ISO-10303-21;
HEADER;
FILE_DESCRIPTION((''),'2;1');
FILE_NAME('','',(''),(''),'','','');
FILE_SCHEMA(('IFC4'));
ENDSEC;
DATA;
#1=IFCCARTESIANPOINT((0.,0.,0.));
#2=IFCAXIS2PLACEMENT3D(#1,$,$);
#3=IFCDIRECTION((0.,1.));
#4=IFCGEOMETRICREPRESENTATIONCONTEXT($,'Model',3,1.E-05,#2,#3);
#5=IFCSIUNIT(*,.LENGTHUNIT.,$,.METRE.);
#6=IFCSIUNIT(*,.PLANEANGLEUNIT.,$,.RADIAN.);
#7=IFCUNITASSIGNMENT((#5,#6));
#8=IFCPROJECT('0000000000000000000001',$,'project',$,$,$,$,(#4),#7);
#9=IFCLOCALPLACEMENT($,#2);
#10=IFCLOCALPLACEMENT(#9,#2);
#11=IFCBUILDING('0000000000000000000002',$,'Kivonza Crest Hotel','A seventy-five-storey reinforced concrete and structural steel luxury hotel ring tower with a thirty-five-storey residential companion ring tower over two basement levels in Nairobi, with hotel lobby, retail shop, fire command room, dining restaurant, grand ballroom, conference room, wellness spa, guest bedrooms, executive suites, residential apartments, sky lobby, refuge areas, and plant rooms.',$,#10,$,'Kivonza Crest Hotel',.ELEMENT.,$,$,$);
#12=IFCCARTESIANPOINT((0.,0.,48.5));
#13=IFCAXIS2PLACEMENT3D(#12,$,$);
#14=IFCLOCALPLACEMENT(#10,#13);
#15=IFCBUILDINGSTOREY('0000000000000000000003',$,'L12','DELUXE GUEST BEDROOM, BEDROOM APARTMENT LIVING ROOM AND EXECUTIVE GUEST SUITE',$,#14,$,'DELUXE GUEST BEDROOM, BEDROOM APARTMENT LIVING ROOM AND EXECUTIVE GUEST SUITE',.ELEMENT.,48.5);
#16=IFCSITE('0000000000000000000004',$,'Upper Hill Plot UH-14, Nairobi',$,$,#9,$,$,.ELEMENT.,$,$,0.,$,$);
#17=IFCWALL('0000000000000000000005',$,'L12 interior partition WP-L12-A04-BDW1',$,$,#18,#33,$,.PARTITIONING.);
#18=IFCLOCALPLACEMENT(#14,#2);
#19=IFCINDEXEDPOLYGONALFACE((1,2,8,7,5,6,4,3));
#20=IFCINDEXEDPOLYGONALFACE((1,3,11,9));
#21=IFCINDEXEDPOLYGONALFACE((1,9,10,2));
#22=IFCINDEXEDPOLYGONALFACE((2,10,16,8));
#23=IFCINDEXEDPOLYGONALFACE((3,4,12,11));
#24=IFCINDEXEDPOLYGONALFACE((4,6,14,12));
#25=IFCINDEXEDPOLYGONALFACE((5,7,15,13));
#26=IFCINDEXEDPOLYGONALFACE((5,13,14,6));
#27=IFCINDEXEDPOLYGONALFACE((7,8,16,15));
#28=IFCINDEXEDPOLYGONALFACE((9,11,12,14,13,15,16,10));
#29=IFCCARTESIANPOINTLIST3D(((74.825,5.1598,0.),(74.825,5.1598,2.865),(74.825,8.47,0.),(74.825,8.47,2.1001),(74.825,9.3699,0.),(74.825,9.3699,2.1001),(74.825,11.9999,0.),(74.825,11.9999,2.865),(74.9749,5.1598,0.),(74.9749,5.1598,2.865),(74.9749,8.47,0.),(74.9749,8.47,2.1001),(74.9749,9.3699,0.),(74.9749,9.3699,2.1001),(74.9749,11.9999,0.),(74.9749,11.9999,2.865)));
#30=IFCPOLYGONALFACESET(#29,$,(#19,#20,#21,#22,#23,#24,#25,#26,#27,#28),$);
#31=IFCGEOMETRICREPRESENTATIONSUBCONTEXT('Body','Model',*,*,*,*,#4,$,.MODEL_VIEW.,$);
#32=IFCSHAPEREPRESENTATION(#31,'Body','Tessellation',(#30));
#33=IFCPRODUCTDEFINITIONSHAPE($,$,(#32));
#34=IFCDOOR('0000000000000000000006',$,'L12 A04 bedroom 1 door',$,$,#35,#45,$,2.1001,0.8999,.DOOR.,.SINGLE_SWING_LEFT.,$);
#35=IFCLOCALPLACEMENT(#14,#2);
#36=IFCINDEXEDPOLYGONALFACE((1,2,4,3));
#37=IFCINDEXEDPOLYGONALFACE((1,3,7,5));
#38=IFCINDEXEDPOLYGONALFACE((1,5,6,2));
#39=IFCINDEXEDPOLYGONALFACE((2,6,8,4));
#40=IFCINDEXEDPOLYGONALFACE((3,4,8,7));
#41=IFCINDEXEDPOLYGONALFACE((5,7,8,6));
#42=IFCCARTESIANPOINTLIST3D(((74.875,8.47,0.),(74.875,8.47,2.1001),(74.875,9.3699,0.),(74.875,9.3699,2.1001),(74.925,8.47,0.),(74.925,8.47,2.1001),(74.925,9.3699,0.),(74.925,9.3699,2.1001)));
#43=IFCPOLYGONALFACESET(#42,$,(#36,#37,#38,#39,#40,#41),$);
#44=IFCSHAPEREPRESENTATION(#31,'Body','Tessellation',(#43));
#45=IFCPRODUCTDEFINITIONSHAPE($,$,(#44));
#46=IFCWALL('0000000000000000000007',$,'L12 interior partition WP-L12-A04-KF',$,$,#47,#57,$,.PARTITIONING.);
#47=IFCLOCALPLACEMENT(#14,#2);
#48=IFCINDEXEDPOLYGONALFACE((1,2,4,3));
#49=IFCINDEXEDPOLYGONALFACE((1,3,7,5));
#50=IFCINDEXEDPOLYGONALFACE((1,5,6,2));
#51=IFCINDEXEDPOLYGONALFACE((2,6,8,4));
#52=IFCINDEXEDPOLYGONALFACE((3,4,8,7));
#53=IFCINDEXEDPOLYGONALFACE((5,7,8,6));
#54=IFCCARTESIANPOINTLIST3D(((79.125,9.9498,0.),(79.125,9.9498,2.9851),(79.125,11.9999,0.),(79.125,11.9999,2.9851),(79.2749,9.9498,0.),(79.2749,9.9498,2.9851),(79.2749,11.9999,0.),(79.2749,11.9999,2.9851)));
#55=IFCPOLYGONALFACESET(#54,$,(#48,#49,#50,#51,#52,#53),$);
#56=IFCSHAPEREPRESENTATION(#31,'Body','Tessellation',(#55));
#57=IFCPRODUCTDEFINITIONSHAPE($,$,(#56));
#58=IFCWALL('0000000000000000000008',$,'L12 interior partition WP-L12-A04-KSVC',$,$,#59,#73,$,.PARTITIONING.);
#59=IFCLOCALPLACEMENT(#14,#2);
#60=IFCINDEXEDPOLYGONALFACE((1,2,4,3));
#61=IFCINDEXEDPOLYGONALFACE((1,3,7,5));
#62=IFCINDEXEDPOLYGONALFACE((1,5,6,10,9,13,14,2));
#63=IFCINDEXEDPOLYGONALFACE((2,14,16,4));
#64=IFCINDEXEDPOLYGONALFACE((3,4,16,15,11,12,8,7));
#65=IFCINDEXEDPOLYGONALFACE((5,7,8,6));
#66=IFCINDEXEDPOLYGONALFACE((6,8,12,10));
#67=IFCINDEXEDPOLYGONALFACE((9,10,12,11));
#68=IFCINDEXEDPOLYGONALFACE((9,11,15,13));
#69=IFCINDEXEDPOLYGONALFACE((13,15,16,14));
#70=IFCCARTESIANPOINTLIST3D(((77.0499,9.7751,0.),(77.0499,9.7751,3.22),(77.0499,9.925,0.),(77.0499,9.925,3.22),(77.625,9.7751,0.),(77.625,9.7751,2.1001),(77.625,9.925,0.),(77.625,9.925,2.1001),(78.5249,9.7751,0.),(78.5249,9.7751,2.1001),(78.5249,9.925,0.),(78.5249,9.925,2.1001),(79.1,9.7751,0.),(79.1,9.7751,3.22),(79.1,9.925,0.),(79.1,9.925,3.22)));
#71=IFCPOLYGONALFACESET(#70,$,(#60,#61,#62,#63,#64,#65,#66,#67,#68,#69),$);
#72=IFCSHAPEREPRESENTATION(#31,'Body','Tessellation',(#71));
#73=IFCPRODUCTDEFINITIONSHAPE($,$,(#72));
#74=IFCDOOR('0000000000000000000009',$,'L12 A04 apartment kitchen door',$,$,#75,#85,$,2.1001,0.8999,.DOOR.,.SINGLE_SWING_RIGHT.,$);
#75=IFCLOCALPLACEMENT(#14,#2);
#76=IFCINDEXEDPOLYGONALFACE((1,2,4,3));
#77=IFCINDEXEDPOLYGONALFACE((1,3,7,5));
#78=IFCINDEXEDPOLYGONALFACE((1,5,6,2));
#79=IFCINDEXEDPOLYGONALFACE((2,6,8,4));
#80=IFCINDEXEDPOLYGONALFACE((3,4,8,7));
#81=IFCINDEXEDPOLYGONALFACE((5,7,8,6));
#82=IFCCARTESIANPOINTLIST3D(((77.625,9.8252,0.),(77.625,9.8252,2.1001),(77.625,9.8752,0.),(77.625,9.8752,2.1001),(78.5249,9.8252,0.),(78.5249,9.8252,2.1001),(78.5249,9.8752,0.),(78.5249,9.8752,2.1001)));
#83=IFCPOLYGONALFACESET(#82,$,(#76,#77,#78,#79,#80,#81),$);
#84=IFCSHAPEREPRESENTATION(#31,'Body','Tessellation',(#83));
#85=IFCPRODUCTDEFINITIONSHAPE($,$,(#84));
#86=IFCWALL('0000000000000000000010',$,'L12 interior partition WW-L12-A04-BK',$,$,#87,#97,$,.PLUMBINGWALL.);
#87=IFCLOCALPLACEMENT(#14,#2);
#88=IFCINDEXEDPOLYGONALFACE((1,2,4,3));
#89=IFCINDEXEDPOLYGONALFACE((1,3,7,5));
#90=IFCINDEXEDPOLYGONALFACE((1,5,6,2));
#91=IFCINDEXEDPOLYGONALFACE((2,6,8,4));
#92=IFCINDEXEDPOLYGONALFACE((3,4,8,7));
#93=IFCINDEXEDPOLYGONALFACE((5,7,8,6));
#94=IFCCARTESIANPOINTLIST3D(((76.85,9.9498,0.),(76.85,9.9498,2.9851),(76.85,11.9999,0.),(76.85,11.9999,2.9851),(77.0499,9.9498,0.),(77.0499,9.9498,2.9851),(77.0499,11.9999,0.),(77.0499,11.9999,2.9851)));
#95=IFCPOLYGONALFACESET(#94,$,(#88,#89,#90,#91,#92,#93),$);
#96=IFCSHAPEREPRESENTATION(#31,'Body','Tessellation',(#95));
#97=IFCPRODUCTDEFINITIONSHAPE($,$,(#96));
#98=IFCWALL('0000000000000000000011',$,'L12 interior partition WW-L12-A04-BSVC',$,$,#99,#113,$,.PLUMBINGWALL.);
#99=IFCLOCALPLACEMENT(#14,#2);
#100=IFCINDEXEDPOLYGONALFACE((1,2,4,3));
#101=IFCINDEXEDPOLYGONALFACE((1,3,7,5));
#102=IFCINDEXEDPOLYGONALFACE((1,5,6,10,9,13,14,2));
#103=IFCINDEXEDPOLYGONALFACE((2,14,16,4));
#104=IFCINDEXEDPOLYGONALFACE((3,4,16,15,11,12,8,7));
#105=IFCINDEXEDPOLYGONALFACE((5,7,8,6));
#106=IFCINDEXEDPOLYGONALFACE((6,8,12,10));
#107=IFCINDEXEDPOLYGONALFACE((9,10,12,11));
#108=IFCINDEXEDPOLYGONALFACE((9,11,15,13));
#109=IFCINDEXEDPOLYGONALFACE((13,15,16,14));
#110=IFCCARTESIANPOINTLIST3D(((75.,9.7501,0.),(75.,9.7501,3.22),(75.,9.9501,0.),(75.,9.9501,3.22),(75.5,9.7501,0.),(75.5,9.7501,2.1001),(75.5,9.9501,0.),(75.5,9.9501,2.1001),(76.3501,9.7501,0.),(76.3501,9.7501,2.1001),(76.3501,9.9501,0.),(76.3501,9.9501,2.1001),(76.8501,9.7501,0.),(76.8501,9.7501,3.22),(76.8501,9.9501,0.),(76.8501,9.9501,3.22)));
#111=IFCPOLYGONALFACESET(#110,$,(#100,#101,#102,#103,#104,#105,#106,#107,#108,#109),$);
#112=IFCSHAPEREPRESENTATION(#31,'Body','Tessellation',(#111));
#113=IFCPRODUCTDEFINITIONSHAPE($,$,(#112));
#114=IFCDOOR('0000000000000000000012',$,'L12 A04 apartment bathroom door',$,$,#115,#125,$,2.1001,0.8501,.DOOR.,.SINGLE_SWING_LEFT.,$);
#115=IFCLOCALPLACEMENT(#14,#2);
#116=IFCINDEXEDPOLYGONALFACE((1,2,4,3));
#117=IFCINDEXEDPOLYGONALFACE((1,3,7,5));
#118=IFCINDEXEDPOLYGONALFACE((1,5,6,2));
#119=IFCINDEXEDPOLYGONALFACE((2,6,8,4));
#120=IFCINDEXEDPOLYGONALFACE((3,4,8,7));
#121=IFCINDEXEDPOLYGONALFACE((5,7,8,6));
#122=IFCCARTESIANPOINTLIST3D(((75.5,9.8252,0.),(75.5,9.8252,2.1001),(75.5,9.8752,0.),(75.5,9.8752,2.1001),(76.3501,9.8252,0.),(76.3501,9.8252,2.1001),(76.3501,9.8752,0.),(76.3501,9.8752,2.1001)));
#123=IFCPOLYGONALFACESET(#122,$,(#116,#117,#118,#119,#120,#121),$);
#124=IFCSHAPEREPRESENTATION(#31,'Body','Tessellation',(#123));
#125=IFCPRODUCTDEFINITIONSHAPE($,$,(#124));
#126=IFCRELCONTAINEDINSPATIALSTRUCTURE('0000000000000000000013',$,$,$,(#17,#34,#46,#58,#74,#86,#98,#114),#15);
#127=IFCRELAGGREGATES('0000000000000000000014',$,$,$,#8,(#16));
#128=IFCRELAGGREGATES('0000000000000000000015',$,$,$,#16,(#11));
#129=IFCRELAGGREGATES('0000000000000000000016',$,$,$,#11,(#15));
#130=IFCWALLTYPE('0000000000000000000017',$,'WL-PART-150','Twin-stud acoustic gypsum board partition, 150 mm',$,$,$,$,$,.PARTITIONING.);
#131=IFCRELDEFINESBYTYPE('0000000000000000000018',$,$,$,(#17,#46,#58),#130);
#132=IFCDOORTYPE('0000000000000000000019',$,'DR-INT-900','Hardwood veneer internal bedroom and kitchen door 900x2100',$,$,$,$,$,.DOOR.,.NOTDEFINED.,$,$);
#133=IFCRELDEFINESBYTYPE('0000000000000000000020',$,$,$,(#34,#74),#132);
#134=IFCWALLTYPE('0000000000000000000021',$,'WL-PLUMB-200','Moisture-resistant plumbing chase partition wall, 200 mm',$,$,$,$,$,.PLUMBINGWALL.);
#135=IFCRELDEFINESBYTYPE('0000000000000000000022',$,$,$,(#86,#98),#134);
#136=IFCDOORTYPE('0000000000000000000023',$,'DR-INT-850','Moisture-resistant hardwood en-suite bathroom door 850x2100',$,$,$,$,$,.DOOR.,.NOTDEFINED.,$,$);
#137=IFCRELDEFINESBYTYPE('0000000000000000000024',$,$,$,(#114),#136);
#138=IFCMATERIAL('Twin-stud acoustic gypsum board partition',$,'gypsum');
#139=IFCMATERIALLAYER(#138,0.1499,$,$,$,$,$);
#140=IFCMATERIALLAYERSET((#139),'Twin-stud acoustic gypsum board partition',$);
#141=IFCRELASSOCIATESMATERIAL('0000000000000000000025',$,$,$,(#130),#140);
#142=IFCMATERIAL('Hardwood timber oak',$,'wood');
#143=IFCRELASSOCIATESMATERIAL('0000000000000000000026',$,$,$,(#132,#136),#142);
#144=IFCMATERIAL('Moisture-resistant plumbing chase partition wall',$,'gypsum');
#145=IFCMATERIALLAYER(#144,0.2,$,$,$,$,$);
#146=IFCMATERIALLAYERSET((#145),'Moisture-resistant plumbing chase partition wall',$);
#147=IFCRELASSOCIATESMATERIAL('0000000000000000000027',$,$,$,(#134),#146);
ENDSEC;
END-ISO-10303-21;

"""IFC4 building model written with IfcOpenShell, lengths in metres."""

from ifc_helpers import new_model, si_unit, direction, frame, frame_2d, origin, place, context, subcontext, project, spatial, rectangle, extrude, material, layer, layer_set, type_object, element, fill, save


model = new_model("IFC4")

# Units and contexts
model_context = context("Model", 3, precision=1e-05, world=origin(), true_north=direction((0.0, 1.0)))
body_context = subcontext(model_context, "Body", "Model", "MODEL_VIEW")
ifc_project = project(units=[si_unit("LENGTHUNIT", "METRE"), si_unit("PLANEANGLEUNIT", "RADIAN")], contexts=[model_context])

# Site, building, storey
site_placement = place(None, origin())
site = spatial("IfcSite", under=ifc_project, at=site_placement, Name="Upper Hill Plot UH-14, Nairobi", CompositionType="ELEMENT", RefElevation=0.0)
building_placement = place(site_placement, origin())
building = spatial("IfcBuilding", under=site, at=building_placement, Name="Kivonza Crest Hotel", Description="A seventy-five-storey reinforced concrete and structural steel luxury hotel ring tower with a thirty-five-storey residential companion ring tower over two basement levels in Nairobi, with hotel lobby, retail shop, fire command room, dining restaurant, grand ballroom, conference room, wellness spa, guest bedrooms, executive suites, residential apartments, sky lobby, refuge areas, and plant rooms.", LongName="Kivonza Crest Hotel", CompositionType="ELEMENT")
storey_placement = place(building_placement, frame((0.0, 0.0, 48.5)))
storey = spatial("IfcBuildingStorey", under=building, at=storey_placement, Name="L12", Description="DELUXE GUEST BEDROOM, BEDROOM APARTMENT LIVING ROOM AND EXECUTIVE GUEST SUITE", LongName="DELUXE GUEST BEDROOM, BEDROOM APARTMENT LIVING ROOM AND EXECUTIVE GUEST SUITE", CompositionType="ELEMENT", Elevation=48.5)

# Shared definitions
ifc_material_1 = material(Name="Hardwood timber oak", Category="wood")

# Wall, opening, door
ifc_material_2 = material(Name="Twin-stud acoustic gypsum board partition", Category="gypsum")
ifc_layer_1 = layer(ifc_material_2, 0.1499)
ifc_layer_set_1 = layer_set([ifc_layer_1], Name="Twin-stud acoustic gypsum board partition")
wall_type_1 = type_object("IfcWallType", Name="WL-PART-150", Description="Twin-stud acoustic gypsum board partition, 150 mm", PredefinedType="PARTITIONING", material=ifc_layer_set_1)
wall_1_placement = place(storey_placement, frame((74.8999, 5.1599, 0.0), z_axis=(0.0, 0.0, 1.0), x_axis=(0.0, 1.0, 0.0)))
wall_1 = element("IfcWall", 1, at=wall_1_placement, inside=storey, type_object=wall_type_1, Name="L12 interior partition WP-L12-A04-BDW1", PredefinedType="PARTITIONING", context=body_context, shape_type="SweptSolid", body=[
    extrude(rectangle(XDim=6.8401, YDim=0.1499, at=frame_2d((3.4199, 0.0))), origin(), (0.0, 0.0, 1.0), 2.865),
])
opening_1_placement = place(wall_1_placement, frame((3.3101, 0.0, 0.0)))
opening_1 = element("IfcOpeningElement", 2, at=opening_1_placement, cuts=wall_1, PredefinedType="OPENING", context=body_context, shape_type="SweptSolid", body=[
    extrude(rectangle(XDim=0.8999, YDim=2.1001, at=frame_2d((0.45, 1.05))), frame((0.0, 0.085, 0.0), z_axis=(0.0, -1.0, 0.0), x_axis=(1.0, 0.0, 0.0)), (0.0, 0.0, 1.0), 0.1699),
])
door_type_1 = type_object("IfcDoorType", Name="DR-INT-900", Description="Hardwood veneer internal bedroom and kitchen door 900x2100", OperationType="NOTDEFINED", PredefinedType="DOOR", material=ifc_material_1)
door_1_placement = place(opening_1_placement, origin())
door_1 = element("IfcDoor", 3, at=door_1_placement, inside=storey, type_object=door_type_1, Name="L12 A04 bedroom 1 door", OperationType="SINGLE_SWING_LEFT", OverallHeight=2.1001, OverallWidth=0.8999, PredefinedType="DOOR", context=body_context, shape_type="SweptSolid", body=[
    extrude(rectangle(XDim=0.8999, YDim=2.1001, at=frame_2d((0.45, 1.05))), frame((0.0, 0.0249, 0.0), z_axis=(0.0, -1.0, 0.0), x_axis=(1.0, 0.0, 0.0)), (0.0, 0.0, 1.0), 0.05),
])
fill(opening_1, door_1)

# Wall
wall_2_placement = place(storey_placement, frame((79.2, 9.95, 0.0), z_axis=(0.0, 0.0, 1.0), x_axis=(0.0, 1.0, 0.0)))
element("IfcWall", 4, at=wall_2_placement, inside=storey, type_object=wall_type_1, Name="L12 interior partition WP-L12-A04-KF", PredefinedType="PARTITIONING", context=body_context, shape_type="SweptSolid", body=[
    extrude(rectangle(XDim=2.05, YDim=0.1499, at=frame_2d((1.0249, 0.0))), origin(), (0.0, 0.0, 1.0), 2.9851),
])

# Wall, opening, door
wall_3_placement = place(storey_placement, frame((77.05, 9.8501, 0.0), z_axis=(0.0, 0.0, 1.0), x_axis=(1.0, 0.0, 0.0)))
wall_3 = element("IfcWall", 5, at=wall_3_placement, inside=storey, type_object=wall_type_1, Name="L12 interior partition WP-L12-A04-KSVC", PredefinedType="PARTITIONING", context=body_context, shape_type="SweptSolid", body=[
    extrude(rectangle(XDim=2.05, YDim=0.1499, at=frame_2d((1.0249, 0.0))), origin(), (0.0, 0.0, 1.0), 3.22),
])
opening_2_placement = place(wall_3_placement, frame((0.575, 0.0, 0.0)))
opening_2 = element("IfcOpeningElement", 6, at=opening_2_placement, cuts=wall_3, PredefinedType="OPENING", context=body_context, shape_type="SweptSolid", body=[
    extrude(rectangle(XDim=0.8999, YDim=2.1001, at=frame_2d((0.45, 1.05))), frame((0.0, 0.085, 0.0), z_axis=(0.0, -1.0, 0.0), x_axis=(1.0, 0.0, 0.0)), (0.0, 0.0, 1.0), 0.1699),
])
door_2_placement = place(opening_2_placement, frame((0.8999, 0.0, 0.0), z_axis=(0.0, 0.0, 1.0), x_axis=(-1.0, 0.0, 0.0)))
door_2 = element("IfcDoor", 7, at=door_2_placement, inside=storey, type_object=door_type_1, Name="L12 A04 apartment kitchen door", OperationType="SINGLE_SWING_RIGHT", OverallHeight=2.1001, OverallWidth=0.8999, PredefinedType="DOOR", context=body_context, shape_type="SweptSolid", body=[
    extrude(rectangle(XDim=0.8999, YDim=2.1001, at=frame_2d((0.45, 1.05))), frame((0.0, 0.0249, 0.0), z_axis=(0.0, -1.0, 0.0), x_axis=(1.0, 0.0, 0.0)), (0.0, 0.0, 1.0), 0.05),
])
fill(opening_2, door_2)

# Wall
ifc_material_3 = material(Name="Moisture-resistant plumbing chase partition wall", Category="gypsum")
ifc_layer_2 = layer(ifc_material_3, 0.2)
ifc_layer_set_2 = layer_set([ifc_layer_2], Name="Moisture-resistant plumbing chase partition wall")
wall_type_2 = type_object("IfcWallType", Name="WL-PLUMB-200", Description="Moisture-resistant plumbing chase partition wall, 200 mm", PredefinedType="PLUMBINGWALL", material=ifc_layer_set_2)
wall_4_placement = place(storey_placement, frame((76.95, 9.95, 0.0), z_axis=(0.0, 0.0, 1.0), x_axis=(0.0, 1.0, 0.0)))
element("IfcWall", 8, at=wall_4_placement, inside=storey, type_object=wall_type_2, Name="L12 interior partition WW-L12-A04-BK", PredefinedType="PLUMBINGWALL", context=body_context, shape_type="SweptSolid", body=[
    extrude(rectangle(XDim=2.05, YDim=0.2, at=frame_2d((1.0249, 0.0))), origin(), (0.0, 0.0, 1.0), 2.9851),
])

# Wall, opening, door
wall_5_placement = place(storey_placement, frame((75.0, 9.8501, 0.0), z_axis=(0.0, 0.0, 1.0), x_axis=(1.0, 0.0, 0.0)))
wall_5 = element("IfcWall", 9, at=wall_5_placement, inside=storey, type_object=wall_type_2, Name="L12 interior partition WW-L12-A04-BSVC", PredefinedType="PLUMBINGWALL", context=body_context, shape_type="SweptSolid", body=[
    extrude(rectangle(XDim=1.8501, YDim=0.2, at=frame_2d((0.925, 0.0))), origin(), (0.0, 0.0, 1.0), 3.22),
])
opening_3_placement = place(wall_5_placement, frame((0.5, 0.0, 0.0)))
opening_3 = element("IfcOpeningElement", 10, at=opening_3_placement, cuts=wall_5, PredefinedType="OPENING", context=body_context, shape_type="SweptSolid", body=[
    extrude(rectangle(XDim=0.8501, YDim=2.1001, at=frame_2d((0.425, 1.05))), frame((0.0, 0.1099, 0.0), z_axis=(0.0, -1.0, 0.0), x_axis=(1.0, 0.0, 0.0)), (0.0, 0.0, 1.0), 0.22),
])
door_type_2 = type_object("IfcDoorType", Name="DR-INT-850", Description="Moisture-resistant hardwood en-suite bathroom door 850x2100", OperationType="NOTDEFINED", PredefinedType="DOOR", material=ifc_material_1)
door_3_placement = place(opening_3_placement, frame((0.8501, 0.0, 0.0), z_axis=(0.0, 0.0, 1.0), x_axis=(-1.0, 0.0, 0.0)))
door_3 = element("IfcDoor", 11, at=door_3_placement, inside=storey, type_object=door_type_2, Name="L12 A04 apartment bathroom door", OperationType="SINGLE_SWING_LEFT", OverallHeight=2.1001, OverallWidth=0.8501, PredefinedType="DOOR", context=body_context, shape_type="SweptSolid", body=[
    extrude(rectangle(XDim=0.8501, YDim=2.1001, at=frame_2d((0.425, 1.05))), frame((0.0, 0.0249, 0.0), z_axis=(0.0, -1.0, 0.0), x_axis=(1.0, 0.0, 0.0)), (0.0, 0.0, 1.0), 0.05),
])
fill(opening_3, door_3)

save(model, "model.ifc")
